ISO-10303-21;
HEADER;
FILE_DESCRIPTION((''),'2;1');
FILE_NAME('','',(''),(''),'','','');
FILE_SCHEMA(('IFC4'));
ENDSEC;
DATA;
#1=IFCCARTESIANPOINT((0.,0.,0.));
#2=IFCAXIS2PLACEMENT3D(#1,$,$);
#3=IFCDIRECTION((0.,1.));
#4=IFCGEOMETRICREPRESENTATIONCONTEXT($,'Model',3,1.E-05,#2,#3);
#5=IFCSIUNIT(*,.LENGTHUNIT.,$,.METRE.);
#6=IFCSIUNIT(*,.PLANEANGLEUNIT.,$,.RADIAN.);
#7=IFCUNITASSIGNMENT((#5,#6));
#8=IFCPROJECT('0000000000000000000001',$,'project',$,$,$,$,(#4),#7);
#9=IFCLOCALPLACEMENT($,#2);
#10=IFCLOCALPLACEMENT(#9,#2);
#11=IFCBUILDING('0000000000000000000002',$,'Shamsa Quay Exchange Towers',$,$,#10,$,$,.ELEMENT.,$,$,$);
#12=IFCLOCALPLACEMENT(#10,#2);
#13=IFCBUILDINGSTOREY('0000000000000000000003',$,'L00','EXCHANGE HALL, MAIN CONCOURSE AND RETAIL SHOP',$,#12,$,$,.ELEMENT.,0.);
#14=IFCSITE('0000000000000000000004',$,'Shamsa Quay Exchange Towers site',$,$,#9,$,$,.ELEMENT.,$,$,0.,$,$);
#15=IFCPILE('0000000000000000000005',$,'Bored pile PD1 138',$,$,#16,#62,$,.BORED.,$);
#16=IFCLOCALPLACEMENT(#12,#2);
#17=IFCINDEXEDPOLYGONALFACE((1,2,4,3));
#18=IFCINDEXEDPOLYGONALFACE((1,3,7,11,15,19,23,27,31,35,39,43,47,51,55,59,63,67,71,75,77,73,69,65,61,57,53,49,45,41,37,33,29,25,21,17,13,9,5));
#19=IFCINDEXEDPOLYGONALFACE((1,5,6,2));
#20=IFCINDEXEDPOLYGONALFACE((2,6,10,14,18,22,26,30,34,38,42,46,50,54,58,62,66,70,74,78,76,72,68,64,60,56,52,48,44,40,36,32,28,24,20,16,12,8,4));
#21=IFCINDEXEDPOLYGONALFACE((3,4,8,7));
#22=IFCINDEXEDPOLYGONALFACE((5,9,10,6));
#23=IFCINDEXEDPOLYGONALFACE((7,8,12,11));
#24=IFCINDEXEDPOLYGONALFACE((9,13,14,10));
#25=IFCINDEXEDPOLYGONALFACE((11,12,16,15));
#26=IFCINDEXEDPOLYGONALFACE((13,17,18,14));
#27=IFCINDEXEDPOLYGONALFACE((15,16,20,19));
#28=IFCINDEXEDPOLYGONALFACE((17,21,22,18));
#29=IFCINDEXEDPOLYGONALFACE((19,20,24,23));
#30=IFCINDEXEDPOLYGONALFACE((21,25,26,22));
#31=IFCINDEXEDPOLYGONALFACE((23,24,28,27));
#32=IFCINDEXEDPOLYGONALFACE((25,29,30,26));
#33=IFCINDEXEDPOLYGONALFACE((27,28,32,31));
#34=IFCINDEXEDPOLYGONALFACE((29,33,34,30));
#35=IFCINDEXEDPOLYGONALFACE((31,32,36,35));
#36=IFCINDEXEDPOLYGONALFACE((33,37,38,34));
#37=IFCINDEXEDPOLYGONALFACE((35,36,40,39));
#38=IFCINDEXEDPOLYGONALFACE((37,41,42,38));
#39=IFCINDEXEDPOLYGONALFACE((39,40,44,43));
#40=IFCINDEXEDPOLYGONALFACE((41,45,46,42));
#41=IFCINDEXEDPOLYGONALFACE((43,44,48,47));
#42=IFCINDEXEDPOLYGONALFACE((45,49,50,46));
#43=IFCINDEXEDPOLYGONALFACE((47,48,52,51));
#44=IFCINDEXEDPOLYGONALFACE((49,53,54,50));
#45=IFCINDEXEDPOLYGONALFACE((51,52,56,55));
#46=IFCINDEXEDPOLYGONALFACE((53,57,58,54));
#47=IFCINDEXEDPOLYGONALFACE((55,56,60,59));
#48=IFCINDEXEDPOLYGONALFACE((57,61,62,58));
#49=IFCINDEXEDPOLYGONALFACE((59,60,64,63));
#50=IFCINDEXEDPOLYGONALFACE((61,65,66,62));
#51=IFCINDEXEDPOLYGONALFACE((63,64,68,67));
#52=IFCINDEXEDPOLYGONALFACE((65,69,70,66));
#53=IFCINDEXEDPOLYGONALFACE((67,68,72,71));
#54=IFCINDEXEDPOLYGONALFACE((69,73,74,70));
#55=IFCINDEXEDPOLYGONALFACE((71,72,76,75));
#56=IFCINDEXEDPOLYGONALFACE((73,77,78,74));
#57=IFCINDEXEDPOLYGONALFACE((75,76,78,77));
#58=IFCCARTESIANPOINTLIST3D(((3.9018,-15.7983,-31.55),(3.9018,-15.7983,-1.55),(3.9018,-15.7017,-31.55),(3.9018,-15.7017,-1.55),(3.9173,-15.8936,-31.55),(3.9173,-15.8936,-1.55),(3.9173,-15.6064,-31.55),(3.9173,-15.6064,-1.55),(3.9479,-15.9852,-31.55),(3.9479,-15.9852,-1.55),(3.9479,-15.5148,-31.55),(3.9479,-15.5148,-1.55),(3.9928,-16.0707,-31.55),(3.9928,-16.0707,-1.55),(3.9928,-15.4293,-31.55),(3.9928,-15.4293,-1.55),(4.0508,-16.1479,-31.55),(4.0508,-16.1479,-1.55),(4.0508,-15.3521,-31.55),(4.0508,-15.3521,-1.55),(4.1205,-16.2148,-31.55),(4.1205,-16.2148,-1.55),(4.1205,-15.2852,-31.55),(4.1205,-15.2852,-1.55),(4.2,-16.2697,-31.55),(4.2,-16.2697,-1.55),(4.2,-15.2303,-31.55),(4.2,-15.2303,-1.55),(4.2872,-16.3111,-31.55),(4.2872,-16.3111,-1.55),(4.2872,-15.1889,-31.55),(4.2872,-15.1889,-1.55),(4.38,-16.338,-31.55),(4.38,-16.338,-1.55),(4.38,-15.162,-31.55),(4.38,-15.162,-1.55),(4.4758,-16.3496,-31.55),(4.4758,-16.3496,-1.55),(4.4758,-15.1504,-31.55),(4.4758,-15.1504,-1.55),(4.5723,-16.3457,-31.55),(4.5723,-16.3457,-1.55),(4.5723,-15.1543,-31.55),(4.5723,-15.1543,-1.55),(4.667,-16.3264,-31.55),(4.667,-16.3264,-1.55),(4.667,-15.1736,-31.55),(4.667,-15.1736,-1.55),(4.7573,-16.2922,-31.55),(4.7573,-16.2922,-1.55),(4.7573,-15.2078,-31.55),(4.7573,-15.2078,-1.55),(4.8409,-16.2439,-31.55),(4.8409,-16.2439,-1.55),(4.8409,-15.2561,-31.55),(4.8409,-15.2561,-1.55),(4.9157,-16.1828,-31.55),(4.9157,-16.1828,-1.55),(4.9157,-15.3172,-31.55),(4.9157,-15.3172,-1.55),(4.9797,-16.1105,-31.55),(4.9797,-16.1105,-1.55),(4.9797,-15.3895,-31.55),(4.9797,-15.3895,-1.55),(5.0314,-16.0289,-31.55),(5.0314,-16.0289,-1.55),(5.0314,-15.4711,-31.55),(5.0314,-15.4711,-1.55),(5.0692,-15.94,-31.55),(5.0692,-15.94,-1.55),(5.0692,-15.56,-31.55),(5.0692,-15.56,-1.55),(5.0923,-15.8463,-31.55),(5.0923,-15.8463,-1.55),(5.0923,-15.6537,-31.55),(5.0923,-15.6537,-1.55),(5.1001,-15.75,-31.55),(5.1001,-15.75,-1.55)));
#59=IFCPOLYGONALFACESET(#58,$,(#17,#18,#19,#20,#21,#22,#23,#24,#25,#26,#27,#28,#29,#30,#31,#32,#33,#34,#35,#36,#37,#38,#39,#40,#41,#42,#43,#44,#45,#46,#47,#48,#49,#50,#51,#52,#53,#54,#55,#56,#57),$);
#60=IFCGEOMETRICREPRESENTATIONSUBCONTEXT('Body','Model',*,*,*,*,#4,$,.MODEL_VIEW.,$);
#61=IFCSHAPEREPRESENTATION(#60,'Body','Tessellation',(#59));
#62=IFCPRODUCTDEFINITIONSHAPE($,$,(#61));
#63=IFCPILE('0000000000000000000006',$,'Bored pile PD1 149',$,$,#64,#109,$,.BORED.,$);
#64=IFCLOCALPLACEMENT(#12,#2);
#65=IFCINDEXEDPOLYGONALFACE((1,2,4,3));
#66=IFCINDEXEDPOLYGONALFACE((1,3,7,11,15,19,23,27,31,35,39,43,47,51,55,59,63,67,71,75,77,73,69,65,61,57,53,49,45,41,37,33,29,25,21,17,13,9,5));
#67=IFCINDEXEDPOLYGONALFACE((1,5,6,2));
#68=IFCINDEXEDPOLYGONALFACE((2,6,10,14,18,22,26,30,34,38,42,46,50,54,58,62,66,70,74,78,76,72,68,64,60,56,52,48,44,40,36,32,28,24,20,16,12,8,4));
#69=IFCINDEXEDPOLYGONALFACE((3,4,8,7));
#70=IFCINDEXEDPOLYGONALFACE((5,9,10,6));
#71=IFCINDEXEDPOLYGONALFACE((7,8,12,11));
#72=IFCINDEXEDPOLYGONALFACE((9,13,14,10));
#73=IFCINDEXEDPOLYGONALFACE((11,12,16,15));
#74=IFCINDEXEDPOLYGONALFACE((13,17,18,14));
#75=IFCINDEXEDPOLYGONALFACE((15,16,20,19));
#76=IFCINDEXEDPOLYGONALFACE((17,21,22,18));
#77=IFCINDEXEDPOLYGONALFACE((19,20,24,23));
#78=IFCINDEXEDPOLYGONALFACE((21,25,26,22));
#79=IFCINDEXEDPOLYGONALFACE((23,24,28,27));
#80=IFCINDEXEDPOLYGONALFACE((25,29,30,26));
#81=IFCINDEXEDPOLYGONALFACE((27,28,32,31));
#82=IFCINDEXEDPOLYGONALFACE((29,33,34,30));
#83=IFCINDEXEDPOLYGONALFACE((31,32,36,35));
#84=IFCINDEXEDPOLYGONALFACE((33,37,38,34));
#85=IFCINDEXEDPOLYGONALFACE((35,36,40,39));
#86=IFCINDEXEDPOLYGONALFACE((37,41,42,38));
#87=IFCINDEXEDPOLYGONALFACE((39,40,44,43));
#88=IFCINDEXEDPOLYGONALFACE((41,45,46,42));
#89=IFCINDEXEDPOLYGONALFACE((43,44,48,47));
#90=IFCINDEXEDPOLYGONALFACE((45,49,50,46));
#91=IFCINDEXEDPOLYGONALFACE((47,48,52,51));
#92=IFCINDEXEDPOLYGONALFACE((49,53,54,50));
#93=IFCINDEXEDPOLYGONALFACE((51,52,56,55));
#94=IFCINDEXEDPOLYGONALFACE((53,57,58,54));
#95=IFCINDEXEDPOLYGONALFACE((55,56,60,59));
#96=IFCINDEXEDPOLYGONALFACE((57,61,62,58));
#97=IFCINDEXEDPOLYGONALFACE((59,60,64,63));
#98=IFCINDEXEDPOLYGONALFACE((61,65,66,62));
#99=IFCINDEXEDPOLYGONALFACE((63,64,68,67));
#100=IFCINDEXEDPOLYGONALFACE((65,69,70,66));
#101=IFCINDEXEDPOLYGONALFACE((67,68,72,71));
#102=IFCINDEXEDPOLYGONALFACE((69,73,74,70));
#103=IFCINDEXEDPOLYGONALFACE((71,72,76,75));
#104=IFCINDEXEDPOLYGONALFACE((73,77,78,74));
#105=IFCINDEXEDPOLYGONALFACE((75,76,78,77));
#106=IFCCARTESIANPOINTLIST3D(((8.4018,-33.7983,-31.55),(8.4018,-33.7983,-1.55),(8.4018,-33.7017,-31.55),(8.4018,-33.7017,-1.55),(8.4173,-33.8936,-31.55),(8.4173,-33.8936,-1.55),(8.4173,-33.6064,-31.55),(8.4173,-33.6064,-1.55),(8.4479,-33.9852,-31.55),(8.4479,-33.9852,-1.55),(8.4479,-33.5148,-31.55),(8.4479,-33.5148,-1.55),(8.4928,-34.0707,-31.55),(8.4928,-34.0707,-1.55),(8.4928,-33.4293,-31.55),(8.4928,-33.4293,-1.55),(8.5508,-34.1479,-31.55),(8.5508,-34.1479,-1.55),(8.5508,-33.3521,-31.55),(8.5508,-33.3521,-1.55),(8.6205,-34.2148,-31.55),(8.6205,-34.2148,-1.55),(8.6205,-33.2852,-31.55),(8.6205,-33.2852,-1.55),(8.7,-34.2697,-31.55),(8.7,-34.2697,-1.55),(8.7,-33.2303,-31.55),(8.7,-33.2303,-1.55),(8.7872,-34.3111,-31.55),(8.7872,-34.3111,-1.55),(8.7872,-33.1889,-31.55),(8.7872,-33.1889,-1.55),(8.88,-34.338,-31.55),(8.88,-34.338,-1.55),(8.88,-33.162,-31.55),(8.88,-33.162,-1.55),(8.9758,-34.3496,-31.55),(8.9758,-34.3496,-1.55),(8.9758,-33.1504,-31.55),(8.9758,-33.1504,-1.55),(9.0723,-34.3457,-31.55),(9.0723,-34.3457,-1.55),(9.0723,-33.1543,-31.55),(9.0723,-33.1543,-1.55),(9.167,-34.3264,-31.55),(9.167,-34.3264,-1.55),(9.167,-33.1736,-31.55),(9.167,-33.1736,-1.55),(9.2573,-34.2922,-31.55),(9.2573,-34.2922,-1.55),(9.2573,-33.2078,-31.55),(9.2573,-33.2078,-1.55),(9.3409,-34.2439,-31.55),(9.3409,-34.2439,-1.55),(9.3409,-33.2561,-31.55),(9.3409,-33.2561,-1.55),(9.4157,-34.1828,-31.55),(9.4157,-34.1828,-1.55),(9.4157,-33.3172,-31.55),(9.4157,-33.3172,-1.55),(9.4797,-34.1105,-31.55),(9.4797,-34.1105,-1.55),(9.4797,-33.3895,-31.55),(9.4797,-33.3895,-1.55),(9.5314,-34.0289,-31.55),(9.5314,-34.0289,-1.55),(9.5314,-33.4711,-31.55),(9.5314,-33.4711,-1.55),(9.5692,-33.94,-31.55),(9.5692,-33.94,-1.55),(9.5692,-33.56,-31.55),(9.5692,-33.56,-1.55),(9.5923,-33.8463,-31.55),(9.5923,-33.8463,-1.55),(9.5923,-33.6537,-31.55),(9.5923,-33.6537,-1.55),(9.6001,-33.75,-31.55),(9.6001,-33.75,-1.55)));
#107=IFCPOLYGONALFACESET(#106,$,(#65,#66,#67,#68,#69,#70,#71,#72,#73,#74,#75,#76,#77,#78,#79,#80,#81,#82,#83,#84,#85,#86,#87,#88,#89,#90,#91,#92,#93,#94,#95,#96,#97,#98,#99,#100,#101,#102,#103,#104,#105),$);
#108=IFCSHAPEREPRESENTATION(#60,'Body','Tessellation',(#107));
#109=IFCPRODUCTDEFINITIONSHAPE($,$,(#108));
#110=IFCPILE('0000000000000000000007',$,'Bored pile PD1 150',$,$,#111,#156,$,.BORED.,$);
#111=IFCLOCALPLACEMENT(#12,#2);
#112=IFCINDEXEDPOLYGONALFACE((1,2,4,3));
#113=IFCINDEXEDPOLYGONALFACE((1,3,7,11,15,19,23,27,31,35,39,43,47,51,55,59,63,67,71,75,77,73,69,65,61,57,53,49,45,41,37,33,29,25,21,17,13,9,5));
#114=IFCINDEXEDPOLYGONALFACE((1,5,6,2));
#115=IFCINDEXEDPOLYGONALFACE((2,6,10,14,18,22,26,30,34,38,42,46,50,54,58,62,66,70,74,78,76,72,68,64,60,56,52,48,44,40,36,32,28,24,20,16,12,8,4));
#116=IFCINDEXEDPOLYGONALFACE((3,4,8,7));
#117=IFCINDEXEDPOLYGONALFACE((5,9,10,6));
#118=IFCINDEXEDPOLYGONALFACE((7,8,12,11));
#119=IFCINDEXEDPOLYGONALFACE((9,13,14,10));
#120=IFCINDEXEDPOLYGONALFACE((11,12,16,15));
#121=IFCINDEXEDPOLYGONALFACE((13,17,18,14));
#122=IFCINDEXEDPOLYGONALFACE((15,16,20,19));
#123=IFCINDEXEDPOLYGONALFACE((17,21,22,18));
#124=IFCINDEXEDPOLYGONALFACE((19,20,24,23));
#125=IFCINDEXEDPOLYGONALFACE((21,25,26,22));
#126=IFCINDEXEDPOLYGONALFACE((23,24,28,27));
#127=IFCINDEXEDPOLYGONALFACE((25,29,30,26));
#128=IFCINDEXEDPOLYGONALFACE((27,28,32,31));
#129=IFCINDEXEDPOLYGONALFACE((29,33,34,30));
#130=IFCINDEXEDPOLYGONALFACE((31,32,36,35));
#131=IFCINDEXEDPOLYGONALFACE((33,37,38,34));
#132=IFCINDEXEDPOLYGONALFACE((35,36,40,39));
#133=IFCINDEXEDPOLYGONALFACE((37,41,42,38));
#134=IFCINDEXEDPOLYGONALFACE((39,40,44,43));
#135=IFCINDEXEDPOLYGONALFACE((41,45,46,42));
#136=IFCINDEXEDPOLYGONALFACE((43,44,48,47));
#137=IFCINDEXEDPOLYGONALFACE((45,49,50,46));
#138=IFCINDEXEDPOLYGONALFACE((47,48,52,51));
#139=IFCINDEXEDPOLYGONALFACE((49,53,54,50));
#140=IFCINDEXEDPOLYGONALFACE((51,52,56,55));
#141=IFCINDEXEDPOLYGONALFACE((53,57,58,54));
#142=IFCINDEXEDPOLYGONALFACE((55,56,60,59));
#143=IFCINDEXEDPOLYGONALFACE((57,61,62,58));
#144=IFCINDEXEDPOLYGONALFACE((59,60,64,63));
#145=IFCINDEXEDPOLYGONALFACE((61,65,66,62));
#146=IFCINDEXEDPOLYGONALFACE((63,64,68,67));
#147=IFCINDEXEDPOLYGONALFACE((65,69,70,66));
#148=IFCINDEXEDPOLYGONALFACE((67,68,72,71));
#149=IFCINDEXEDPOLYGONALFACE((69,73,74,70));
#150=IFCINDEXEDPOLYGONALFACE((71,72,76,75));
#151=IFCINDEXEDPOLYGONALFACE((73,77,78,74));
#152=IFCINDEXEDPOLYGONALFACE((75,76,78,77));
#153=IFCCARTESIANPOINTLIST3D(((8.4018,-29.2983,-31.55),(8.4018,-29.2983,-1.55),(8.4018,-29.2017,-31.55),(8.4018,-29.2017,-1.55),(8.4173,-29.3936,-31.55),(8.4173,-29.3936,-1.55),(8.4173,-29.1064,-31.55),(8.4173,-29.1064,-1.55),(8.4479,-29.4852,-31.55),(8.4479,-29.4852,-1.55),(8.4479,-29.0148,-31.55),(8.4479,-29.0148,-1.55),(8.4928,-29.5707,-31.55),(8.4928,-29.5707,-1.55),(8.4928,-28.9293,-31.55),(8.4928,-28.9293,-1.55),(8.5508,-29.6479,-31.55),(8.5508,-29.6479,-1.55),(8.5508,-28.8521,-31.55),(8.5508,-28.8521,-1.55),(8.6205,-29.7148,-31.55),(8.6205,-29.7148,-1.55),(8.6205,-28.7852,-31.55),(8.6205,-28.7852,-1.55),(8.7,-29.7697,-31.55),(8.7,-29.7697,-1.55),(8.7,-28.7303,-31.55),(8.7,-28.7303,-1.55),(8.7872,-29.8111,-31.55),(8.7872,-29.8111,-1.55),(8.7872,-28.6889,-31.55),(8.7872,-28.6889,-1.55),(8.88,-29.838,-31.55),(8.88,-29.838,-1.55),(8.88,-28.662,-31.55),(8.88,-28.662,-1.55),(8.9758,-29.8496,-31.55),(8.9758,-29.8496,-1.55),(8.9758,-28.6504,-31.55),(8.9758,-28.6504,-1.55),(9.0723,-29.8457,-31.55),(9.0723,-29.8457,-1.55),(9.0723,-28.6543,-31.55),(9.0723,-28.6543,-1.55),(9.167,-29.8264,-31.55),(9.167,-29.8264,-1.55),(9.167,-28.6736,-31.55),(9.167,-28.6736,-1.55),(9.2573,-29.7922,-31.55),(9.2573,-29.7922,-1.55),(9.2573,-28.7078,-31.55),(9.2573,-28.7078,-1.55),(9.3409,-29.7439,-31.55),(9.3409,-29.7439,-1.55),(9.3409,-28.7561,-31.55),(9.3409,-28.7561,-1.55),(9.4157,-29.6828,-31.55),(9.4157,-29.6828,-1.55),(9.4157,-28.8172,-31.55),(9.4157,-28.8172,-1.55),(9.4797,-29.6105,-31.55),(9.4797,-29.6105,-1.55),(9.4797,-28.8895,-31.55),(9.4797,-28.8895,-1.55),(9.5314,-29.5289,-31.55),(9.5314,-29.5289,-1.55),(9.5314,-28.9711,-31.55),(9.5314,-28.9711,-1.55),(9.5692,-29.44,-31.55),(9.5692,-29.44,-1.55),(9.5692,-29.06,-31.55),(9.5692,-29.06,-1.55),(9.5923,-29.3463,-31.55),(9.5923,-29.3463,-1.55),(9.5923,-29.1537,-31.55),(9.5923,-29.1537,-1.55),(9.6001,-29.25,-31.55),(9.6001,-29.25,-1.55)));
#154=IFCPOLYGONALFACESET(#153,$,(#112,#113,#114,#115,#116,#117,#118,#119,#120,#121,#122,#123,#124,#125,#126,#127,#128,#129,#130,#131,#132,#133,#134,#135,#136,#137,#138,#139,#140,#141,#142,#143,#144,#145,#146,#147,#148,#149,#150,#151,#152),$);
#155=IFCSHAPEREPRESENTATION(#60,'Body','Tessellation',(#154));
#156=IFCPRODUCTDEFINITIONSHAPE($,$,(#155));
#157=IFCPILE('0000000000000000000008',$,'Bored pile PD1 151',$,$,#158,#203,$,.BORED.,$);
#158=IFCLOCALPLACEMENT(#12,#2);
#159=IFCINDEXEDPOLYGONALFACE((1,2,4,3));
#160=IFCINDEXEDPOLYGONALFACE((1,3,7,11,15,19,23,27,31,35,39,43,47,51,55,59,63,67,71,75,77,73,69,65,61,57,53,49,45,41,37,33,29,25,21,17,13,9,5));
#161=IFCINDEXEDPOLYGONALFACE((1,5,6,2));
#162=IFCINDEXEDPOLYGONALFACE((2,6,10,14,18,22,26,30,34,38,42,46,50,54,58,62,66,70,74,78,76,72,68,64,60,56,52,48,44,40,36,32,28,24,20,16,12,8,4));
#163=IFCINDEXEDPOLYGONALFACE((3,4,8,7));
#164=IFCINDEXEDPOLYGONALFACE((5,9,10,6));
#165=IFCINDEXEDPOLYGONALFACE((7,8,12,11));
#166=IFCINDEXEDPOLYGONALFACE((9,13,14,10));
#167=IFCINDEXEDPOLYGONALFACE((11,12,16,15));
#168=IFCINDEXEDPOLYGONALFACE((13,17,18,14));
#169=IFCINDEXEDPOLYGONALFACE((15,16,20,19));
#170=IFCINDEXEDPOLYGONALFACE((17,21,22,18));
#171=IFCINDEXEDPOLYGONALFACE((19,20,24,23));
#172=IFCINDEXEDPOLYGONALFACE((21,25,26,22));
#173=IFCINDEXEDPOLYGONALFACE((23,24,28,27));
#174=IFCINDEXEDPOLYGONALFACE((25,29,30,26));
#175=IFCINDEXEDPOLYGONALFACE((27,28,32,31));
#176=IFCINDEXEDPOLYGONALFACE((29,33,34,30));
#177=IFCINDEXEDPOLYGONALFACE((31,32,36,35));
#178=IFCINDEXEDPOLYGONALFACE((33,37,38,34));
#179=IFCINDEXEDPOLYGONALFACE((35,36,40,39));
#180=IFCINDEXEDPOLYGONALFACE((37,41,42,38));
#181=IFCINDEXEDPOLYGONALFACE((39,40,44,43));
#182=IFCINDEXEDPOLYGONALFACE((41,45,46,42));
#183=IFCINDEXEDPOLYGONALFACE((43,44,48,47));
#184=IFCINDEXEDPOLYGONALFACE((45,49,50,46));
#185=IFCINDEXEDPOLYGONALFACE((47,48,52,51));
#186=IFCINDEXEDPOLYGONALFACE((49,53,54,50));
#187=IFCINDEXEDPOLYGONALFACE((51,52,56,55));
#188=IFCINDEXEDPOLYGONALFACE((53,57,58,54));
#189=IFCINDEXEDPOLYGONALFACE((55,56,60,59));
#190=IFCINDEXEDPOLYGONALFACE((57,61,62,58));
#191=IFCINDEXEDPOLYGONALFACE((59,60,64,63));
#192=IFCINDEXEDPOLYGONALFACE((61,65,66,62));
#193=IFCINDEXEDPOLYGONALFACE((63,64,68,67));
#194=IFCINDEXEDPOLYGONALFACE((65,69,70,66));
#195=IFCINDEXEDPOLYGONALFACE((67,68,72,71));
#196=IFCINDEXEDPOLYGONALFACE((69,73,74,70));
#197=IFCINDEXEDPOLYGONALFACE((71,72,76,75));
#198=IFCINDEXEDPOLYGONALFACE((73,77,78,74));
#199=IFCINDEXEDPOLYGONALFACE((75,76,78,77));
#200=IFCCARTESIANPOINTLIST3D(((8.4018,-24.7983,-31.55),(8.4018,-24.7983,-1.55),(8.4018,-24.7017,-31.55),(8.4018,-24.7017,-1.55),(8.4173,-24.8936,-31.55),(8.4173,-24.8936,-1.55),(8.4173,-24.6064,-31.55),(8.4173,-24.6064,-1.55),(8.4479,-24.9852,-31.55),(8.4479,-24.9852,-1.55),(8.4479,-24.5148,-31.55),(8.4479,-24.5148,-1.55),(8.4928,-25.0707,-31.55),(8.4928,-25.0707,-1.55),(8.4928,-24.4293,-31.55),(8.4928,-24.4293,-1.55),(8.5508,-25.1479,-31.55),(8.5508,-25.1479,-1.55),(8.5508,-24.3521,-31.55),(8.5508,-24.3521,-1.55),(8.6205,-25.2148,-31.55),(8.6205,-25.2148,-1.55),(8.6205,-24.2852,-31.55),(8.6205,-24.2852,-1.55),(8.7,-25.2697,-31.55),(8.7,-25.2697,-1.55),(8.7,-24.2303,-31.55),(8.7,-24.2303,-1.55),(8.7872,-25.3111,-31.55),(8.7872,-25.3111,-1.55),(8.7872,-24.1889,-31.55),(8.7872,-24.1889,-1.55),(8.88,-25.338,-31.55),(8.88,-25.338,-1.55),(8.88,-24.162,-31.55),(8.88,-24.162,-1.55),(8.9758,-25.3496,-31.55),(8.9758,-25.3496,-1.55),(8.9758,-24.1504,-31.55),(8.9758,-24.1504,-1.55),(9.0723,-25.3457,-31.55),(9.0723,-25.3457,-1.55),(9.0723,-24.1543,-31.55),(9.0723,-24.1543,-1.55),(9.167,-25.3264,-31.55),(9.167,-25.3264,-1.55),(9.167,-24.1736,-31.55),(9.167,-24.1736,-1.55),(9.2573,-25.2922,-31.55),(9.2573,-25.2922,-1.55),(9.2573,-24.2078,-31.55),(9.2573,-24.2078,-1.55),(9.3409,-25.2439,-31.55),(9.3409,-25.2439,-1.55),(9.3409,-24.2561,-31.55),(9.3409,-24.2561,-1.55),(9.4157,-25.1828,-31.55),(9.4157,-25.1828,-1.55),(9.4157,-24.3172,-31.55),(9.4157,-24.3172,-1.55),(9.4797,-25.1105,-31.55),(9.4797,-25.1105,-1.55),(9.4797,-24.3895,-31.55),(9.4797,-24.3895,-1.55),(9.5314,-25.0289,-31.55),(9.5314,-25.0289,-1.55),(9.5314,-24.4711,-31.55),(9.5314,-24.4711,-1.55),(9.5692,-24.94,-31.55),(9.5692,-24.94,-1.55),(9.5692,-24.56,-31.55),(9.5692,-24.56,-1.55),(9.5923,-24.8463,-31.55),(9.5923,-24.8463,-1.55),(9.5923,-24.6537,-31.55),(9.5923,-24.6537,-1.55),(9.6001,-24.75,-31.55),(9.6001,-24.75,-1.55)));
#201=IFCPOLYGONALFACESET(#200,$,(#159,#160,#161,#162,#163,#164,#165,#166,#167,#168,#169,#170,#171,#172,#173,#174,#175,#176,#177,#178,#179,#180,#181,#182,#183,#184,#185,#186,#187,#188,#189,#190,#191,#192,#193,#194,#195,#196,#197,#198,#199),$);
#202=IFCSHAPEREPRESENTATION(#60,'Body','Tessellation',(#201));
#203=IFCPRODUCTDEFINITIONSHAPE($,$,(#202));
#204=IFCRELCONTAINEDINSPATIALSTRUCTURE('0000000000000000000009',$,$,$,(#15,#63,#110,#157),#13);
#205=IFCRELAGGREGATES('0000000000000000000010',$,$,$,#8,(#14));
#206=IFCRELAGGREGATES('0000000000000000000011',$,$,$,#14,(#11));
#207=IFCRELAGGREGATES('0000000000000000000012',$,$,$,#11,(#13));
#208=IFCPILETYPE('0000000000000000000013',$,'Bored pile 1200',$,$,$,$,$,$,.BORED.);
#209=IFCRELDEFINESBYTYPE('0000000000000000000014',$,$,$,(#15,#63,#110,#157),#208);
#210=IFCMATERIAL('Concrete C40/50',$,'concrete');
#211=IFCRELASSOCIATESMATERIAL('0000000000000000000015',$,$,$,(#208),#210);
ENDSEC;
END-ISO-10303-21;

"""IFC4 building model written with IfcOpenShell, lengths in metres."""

from ifc_helpers import new_model, si_unit, direction, frame, origin, origin_2d, place, context, subcontext, project, spatial, circle, extrude, material, material_profile, profile_set, type_object, element, save


model = new_model("IFC4")

# Units and contexts
model_context = context("Model", 3, precision=1e-05, world=origin(), true_north=direction((0.0, 1.0)))
body_context = subcontext(model_context, "Body", "Model", "MODEL_VIEW")
ifc_project = project(units=[si_unit("LENGTHUNIT", "METRE"), si_unit("PLANEANGLEUNIT", "RADIAN")], contexts=[model_context])

# Site, building, storey
site_placement = place(None, origin())
site = spatial("IfcSite", under=ifc_project, at=site_placement, Name="Shamsa Quay Exchange Towers site", CompositionType="ELEMENT", RefElevation=0.0)
building_placement = place(site_placement, origin())
building = spatial("IfcBuilding", under=site, at=building_placement, Name="Shamsa Quay Exchange Towers", CompositionType="ELEMENT")
storey_placement = place(building_placement, origin())
storey = spatial("IfcBuildingStorey", under=building, at=storey_placement, Name="L00", Description="EXCHANGE HALL, MAIN CONCOURSE AND RETAIL SHOP", CompositionType="ELEMENT", Elevation=0.0)

# Piles
ifc_material_1 = material(Name="Concrete C40/50", Category="concrete")
ifc_material_profile_1 = material_profile(ifc_material_1, circle(Radius=0.6001, at=origin_2d()), Name="BP1200")
ifc_profile_set_1 = profile_set([ifc_material_profile_1], Name="Concrete C40/50")
pile_type = type_object("IfcPileType", Name="Bored pile 1200", PredefinedType="BORED", material=ifc_profile_set_1)
for number, where, z_axis, x_axis, name in (
    (1, (4.5, -15.75, -1.55), (0.0, 0.0, -1.0), (1.0, 0.0, 0.0), "Bored pile PD1 138"),
    (2, (9.0, -33.75, -1.55), (0.0, 0.0, -1.0), (1.0, 0.0, 0.0), "Bored pile PD1 149"),
    (3, (9.0, -29.25, -1.55), (0.0, 0.0, -1.0), (1.0, 0.0, 0.0), "Bored pile PD1 150"),
    (4, (9.0, -24.75, -1.55), (0.0, 0.0, -1.0), (1.0, 0.0, 0.0), "Bored pile PD1 151"),
):
    element("IfcPile", number, at=place(storey_placement, frame(where, z_axis=z_axis, x_axis=x_axis)), inside=storey, type_object=pile_type, Name=name, PredefinedType="BORED", context=body_context, shape_type="SweptSolid", body=[
        extrude(circle(Radius=0.6001, at=origin_2d()), origin(), (0.0, 0.0, 1.0), 30.0),
    ])

save(model, "model.ifc")
